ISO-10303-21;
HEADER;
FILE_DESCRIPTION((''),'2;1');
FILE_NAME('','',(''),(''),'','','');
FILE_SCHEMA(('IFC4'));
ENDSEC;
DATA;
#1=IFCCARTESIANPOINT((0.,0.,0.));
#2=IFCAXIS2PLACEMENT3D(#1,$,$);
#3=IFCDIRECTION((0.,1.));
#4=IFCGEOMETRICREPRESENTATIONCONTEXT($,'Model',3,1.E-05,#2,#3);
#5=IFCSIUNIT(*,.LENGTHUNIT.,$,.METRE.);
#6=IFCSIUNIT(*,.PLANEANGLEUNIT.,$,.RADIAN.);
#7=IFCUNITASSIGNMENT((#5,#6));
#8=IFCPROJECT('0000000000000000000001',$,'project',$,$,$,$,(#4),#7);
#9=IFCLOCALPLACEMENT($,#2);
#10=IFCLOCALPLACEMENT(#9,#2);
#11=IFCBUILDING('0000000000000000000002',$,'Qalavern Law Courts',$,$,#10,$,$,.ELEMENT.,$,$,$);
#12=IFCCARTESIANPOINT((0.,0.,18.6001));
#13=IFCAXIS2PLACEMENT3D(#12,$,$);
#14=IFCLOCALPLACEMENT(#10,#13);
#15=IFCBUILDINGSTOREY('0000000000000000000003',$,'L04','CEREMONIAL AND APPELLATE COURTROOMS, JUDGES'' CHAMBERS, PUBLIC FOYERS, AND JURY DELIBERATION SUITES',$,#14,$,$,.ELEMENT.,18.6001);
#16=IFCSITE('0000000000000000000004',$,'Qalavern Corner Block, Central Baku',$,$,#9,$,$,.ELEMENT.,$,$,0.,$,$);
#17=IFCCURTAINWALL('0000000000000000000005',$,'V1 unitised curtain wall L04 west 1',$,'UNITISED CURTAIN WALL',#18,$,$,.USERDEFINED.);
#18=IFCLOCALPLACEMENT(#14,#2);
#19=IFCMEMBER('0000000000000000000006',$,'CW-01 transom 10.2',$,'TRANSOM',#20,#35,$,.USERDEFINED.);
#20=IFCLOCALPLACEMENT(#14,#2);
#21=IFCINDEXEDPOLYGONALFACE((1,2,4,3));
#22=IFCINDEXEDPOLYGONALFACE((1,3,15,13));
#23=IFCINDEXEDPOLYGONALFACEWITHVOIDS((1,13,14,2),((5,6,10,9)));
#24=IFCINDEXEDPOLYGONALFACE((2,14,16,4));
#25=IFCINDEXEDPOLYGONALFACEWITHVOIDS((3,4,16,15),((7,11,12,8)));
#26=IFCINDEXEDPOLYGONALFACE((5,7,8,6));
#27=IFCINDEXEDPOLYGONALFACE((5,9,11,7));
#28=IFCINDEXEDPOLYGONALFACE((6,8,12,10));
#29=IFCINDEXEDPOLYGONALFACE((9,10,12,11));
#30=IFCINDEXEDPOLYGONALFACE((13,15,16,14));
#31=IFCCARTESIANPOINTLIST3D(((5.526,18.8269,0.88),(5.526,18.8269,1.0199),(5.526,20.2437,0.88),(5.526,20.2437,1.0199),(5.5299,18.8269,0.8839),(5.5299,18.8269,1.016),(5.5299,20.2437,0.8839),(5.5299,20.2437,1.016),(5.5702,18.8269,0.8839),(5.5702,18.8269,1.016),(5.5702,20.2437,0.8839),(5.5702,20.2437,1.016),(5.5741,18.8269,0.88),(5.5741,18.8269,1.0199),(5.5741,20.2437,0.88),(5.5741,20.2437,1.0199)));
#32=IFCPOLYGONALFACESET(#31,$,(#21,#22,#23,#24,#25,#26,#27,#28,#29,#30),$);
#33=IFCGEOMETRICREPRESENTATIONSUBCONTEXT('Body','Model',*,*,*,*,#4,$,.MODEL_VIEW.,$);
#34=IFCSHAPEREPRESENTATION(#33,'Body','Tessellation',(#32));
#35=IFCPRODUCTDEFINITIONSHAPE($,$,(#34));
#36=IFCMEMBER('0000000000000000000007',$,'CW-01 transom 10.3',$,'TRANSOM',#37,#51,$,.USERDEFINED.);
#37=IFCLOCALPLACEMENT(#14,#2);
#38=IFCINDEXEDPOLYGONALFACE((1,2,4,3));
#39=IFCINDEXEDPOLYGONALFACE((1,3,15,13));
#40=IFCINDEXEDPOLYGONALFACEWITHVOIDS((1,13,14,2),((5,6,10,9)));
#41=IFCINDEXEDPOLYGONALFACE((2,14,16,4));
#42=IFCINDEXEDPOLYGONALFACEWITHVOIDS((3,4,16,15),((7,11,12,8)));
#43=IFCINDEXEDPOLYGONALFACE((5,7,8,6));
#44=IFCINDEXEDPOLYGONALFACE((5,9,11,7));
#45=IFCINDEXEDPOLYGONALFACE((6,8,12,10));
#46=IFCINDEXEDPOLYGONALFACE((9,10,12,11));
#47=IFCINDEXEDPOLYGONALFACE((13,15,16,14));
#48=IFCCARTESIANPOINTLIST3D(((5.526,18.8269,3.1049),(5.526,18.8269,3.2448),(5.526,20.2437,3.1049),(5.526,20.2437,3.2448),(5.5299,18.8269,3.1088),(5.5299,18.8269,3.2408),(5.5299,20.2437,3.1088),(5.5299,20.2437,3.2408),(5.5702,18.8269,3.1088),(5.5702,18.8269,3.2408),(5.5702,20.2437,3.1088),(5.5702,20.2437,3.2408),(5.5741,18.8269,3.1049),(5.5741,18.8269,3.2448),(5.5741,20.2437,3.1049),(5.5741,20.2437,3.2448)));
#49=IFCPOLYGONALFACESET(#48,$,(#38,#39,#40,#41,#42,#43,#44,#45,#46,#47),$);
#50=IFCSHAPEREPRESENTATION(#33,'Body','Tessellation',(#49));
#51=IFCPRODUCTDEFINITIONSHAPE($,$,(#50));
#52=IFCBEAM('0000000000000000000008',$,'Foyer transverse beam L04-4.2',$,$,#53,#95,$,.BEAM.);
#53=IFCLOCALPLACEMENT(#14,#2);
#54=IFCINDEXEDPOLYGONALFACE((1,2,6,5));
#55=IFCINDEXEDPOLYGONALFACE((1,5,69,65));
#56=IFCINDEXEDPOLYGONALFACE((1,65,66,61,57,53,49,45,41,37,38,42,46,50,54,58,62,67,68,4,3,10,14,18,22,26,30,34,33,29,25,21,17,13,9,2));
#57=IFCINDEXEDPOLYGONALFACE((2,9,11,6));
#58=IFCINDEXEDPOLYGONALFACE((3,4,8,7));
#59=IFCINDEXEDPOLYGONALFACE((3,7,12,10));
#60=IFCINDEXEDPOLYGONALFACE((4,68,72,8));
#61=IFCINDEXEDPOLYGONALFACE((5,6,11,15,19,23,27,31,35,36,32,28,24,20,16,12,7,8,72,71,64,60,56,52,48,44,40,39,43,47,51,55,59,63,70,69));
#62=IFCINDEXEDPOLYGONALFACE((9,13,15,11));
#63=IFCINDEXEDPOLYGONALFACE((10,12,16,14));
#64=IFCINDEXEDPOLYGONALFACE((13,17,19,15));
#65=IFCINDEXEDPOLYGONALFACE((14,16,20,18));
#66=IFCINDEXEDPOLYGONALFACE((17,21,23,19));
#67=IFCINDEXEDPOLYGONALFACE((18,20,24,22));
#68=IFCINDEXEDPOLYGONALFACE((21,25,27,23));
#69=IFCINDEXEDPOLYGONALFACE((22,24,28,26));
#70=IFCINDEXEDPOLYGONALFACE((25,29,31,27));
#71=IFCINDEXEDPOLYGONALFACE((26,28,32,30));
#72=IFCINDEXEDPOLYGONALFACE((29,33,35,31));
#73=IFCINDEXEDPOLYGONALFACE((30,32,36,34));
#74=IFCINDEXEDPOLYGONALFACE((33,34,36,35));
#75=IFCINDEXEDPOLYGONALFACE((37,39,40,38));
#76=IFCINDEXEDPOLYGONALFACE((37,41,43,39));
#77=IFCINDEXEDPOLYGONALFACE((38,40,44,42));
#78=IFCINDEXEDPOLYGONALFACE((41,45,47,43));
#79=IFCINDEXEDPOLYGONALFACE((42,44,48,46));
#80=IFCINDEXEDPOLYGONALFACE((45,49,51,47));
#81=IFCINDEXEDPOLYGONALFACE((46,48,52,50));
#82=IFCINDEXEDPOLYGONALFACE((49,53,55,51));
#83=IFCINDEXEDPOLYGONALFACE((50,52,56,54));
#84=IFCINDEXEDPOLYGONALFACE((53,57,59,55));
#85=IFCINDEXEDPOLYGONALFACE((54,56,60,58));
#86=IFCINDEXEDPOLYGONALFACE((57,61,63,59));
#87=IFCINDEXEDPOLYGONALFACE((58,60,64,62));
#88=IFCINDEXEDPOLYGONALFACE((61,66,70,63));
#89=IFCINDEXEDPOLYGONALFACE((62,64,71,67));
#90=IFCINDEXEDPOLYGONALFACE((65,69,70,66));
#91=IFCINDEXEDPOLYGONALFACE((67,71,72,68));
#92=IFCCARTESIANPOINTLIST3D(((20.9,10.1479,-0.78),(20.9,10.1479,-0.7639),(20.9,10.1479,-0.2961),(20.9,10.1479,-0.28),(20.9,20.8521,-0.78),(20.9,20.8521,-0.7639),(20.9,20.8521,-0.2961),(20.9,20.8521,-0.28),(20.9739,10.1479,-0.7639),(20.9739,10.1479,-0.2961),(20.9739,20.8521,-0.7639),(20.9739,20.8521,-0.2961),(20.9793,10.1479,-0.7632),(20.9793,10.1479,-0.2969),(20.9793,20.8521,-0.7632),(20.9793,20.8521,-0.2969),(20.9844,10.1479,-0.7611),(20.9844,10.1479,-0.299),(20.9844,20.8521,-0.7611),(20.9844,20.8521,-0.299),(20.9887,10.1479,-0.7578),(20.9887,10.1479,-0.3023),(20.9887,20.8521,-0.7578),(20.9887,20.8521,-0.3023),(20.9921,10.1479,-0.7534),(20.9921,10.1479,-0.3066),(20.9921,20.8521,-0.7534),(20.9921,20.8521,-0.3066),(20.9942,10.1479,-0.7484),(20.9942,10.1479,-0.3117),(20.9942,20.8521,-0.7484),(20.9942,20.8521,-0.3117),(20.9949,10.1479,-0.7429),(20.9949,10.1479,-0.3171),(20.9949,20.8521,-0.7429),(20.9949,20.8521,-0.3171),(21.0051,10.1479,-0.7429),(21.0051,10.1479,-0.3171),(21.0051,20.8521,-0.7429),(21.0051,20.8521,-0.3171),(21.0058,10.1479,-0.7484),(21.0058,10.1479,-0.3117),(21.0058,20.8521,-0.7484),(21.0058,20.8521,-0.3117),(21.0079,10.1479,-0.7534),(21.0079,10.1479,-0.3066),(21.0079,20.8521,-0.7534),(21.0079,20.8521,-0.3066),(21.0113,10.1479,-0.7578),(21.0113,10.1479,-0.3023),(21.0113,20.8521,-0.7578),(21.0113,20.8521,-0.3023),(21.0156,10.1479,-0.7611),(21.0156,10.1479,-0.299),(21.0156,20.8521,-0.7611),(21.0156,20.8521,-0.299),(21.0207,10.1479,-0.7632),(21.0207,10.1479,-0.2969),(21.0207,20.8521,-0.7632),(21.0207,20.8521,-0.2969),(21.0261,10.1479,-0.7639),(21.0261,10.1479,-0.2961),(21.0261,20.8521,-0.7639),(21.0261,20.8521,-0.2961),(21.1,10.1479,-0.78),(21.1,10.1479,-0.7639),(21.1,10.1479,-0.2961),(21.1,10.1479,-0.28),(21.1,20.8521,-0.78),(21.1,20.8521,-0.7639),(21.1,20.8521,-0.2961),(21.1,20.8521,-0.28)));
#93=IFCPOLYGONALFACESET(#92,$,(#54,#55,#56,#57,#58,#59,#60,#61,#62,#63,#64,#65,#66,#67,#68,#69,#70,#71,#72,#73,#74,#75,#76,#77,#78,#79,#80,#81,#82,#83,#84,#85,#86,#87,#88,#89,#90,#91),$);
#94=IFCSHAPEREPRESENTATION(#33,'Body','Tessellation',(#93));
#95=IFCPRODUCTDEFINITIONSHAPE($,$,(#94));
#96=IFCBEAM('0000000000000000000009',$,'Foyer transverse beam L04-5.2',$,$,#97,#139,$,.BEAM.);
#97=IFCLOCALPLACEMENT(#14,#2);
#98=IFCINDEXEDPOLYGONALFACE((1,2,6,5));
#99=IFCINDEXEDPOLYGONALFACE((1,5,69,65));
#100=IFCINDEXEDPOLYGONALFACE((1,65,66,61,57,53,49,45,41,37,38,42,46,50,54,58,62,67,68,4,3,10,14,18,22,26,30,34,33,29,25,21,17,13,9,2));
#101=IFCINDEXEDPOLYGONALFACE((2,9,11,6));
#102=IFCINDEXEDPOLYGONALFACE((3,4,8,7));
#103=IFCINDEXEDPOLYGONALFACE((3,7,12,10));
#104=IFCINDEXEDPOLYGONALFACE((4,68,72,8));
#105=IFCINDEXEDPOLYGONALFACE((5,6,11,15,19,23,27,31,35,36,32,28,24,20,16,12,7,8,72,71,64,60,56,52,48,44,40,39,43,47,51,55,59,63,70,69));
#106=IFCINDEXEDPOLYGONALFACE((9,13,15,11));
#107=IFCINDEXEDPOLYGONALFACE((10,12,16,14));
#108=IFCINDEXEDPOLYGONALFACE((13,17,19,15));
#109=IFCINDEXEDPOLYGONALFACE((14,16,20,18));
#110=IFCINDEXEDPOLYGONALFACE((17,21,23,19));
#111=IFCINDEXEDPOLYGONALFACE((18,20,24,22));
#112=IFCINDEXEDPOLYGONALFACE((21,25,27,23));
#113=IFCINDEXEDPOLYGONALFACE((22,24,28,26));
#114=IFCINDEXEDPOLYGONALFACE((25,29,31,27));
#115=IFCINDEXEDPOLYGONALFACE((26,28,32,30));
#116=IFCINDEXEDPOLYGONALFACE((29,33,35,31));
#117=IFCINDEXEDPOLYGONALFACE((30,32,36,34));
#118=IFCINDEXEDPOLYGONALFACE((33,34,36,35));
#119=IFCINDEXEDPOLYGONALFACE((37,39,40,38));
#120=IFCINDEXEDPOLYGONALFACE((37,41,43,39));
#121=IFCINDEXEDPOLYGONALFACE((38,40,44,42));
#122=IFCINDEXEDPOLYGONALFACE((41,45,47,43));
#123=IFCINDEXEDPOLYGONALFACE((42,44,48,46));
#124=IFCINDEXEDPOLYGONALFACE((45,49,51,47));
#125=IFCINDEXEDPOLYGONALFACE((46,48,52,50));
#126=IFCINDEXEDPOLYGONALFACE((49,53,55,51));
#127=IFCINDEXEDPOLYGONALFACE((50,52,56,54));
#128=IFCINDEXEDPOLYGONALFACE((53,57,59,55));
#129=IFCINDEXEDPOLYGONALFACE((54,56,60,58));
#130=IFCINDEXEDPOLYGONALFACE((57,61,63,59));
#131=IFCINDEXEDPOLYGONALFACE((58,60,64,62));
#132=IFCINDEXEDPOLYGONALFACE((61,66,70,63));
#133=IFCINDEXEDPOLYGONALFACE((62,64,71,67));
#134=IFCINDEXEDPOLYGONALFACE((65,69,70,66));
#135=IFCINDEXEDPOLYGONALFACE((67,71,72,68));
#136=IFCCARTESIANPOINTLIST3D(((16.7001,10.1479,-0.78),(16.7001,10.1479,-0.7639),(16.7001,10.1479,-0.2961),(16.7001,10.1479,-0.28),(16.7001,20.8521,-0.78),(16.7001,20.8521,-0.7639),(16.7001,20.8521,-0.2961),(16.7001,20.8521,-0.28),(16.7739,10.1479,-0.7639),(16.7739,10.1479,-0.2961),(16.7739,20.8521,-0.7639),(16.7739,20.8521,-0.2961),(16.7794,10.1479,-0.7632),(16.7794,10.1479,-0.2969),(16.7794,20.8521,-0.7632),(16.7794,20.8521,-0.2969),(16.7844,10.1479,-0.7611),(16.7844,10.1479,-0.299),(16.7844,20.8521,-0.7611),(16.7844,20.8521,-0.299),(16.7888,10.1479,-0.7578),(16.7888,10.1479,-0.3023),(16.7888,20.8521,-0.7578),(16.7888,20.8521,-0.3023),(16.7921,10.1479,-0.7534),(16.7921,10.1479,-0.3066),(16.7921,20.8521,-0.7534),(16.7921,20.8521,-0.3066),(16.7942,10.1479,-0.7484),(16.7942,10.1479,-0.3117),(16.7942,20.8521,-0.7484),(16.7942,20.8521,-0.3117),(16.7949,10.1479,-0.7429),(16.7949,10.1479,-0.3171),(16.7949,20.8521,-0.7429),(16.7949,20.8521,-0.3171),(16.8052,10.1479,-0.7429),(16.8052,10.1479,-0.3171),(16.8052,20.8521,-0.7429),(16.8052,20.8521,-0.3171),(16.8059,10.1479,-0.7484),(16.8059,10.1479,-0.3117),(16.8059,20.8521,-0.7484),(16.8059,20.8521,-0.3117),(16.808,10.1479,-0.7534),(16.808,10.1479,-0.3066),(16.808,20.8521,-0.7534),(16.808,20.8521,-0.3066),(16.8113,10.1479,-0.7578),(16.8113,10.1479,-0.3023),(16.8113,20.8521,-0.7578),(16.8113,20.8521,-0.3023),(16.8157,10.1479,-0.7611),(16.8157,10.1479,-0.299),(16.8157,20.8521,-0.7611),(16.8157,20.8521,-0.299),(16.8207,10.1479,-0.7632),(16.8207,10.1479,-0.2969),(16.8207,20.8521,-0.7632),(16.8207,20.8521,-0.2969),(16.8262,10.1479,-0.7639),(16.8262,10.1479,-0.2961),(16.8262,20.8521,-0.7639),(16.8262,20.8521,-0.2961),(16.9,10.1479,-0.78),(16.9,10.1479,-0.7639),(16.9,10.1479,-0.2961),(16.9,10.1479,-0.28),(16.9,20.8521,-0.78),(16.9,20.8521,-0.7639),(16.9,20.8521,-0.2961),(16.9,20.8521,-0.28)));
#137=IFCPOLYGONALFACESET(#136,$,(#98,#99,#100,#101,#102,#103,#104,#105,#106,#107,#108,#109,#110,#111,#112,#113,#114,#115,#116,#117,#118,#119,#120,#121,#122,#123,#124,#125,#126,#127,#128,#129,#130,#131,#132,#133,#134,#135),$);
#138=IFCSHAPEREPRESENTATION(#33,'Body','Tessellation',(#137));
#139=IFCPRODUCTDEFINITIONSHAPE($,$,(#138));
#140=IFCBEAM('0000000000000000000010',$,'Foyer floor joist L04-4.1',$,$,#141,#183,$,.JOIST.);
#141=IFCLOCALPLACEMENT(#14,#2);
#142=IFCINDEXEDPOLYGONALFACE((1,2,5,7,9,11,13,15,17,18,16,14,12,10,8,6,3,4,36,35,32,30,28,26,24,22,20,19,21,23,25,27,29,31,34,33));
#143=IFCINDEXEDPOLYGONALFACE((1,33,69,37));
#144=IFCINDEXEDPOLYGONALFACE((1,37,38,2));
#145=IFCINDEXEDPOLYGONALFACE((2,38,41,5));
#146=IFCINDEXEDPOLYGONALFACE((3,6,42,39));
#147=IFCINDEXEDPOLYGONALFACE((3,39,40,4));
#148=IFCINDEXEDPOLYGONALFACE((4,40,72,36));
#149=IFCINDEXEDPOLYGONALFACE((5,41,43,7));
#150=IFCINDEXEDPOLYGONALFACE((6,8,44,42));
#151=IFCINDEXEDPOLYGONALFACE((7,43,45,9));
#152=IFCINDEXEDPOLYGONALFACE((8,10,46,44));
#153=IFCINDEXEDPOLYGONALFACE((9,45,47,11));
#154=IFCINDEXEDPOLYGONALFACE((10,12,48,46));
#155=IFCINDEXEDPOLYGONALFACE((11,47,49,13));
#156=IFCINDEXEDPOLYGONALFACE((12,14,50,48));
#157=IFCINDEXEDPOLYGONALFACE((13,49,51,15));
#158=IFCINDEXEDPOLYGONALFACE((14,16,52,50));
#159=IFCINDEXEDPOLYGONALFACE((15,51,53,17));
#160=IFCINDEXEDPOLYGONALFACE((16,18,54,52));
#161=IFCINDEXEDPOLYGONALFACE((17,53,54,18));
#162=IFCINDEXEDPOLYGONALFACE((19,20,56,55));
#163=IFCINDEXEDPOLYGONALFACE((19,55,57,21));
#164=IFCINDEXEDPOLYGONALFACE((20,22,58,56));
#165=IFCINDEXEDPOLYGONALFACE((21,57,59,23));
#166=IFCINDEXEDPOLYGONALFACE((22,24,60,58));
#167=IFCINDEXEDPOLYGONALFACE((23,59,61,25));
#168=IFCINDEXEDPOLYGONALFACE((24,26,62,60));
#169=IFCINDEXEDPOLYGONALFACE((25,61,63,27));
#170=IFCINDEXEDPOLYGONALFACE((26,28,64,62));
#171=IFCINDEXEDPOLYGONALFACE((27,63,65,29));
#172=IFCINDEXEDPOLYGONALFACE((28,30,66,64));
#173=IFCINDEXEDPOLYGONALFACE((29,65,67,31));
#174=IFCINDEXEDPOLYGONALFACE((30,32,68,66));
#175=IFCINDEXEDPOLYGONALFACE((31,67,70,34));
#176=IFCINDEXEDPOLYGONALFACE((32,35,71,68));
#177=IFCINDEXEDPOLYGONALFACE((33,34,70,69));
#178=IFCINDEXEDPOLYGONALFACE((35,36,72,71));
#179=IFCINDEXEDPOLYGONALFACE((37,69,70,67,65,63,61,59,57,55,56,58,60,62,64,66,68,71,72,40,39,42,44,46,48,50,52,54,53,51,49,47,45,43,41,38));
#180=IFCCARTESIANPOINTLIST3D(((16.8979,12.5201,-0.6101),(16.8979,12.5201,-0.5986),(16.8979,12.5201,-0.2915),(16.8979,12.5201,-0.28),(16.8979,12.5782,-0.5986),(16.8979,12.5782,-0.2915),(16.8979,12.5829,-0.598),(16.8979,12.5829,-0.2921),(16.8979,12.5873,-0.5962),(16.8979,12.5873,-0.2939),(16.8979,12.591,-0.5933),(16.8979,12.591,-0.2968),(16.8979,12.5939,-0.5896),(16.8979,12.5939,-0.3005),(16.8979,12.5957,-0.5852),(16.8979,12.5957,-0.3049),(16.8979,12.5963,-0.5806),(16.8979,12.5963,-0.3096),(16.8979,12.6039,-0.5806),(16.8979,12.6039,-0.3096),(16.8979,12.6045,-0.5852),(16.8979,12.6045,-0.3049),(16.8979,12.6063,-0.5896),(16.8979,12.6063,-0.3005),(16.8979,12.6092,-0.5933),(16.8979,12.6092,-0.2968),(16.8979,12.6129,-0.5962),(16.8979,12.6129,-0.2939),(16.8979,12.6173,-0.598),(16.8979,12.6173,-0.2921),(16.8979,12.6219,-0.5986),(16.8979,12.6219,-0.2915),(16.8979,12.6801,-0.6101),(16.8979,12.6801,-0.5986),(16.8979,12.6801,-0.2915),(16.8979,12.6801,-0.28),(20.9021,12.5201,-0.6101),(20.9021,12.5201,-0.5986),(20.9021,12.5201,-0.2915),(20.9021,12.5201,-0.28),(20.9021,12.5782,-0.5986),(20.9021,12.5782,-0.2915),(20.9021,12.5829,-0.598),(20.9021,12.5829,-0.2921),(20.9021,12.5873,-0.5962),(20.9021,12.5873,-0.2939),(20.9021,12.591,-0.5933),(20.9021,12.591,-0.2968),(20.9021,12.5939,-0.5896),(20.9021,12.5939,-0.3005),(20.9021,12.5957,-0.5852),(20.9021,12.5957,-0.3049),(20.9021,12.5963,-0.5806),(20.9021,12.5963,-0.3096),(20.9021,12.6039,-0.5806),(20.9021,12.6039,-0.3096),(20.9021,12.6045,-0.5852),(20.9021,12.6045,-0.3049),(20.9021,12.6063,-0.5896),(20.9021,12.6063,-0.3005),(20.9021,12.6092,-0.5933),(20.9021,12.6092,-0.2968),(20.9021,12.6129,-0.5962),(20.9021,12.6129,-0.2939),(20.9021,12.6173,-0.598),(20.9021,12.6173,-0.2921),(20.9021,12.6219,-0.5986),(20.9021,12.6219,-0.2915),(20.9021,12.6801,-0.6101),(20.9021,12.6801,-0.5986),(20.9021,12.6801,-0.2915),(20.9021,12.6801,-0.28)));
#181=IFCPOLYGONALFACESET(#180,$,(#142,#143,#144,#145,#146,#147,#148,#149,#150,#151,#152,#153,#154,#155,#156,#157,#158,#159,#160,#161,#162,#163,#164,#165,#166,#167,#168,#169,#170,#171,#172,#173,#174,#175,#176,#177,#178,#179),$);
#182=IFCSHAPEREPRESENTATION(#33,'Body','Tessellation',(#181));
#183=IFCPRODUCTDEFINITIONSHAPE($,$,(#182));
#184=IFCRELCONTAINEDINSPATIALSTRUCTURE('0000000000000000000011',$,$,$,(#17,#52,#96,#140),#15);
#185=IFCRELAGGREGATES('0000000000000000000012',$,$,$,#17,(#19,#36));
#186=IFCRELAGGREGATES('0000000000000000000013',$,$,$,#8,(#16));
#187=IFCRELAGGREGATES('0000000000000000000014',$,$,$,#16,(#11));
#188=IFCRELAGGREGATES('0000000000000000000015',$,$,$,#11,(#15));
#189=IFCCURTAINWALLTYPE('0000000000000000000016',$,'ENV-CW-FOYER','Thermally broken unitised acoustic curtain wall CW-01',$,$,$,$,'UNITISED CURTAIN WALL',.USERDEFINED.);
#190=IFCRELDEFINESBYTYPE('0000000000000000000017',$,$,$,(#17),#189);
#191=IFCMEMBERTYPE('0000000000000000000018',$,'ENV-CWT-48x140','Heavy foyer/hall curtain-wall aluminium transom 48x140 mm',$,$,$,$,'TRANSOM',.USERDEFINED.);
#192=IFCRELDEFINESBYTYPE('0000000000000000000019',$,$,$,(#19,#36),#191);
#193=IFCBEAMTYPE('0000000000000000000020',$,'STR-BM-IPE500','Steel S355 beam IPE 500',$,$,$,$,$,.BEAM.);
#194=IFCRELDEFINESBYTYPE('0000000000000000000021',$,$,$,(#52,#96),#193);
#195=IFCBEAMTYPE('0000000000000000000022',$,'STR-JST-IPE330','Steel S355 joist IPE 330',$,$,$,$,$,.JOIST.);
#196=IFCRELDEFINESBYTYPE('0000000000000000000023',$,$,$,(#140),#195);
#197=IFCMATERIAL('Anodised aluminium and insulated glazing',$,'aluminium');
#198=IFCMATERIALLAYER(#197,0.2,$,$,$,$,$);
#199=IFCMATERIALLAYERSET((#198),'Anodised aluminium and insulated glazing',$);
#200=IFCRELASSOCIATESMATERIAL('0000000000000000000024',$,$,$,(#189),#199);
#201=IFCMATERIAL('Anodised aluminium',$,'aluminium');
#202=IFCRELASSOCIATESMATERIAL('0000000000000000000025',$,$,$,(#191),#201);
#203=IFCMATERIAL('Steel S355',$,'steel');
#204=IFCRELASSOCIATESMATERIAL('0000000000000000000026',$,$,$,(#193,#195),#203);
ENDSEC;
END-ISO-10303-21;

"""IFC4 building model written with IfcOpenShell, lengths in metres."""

from ifc_helpers import new_model, si_unit, direction, frame, origin, origin_2d, place, context, subcontext, project, spatial, hollow_rectangle, i_section, extrude, material, layer, layer_set, material_profile, profile_set, type_object, element, aggregate, save


model = new_model("IFC4")

# Units and contexts
model_context = context("Model", 3, precision=1e-05, world=origin(), true_north=direction((0.0, 1.0)))
body_context = subcontext(model_context, "Body", "Model", "MODEL_VIEW")
ifc_project = project(units=[si_unit("LENGTHUNIT", "METRE"), si_unit("PLANEANGLEUNIT", "RADIAN")], contexts=[model_context])

# Site, building, storey
site_placement = place(None, origin())
site = spatial("IfcSite", under=ifc_project, at=site_placement, Name="Qalavern Corner Block, Central Baku", CompositionType="ELEMENT", RefElevation=0.0)
building_placement = place(site_placement, origin())
building = spatial("IfcBuilding", under=site, at=building_placement, Name="Qalavern Law Courts", CompositionType="ELEMENT")
storey_placement = place(building_placement, frame((0.0, 0.0, 18.6001)))
storey = spatial("IfcBuildingStorey", under=building, at=storey_placement, Name="L04", Description="CEREMONIAL AND APPELLATE COURTROOMS, JUDGES' CHAMBERS, PUBLIC FOYERS, AND JURY DELIBERATION SUITES", CompositionType="ELEMENT", Elevation=18.6001)

# Curtain wall, members
ifc_material_1 = material(Name="Anodised aluminium and insulated glazing", Category="aluminium")
ifc_layer_1 = layer(ifc_material_1, 0.2)
ifc_layer_set_1 = layer_set([ifc_layer_1], Name="Anodised aluminium and insulated glazing")
curtain_wall_type = type_object("IfcCurtainWallType", Name="ENV-CW-FOYER", Description="Thermally broken unitised acoustic curtain wall CW-01", ElementType="UNITISED CURTAIN WALL", PredefinedType="USERDEFINED", material=ifc_layer_set_1)
curtain_wall_placement = place(storey_placement, origin())
curtain_wall = element("IfcCurtainWall", 1, at=curtain_wall_placement, inside=storey, type_object=curtain_wall_type, Name="V1 unitised curtain wall L04 west 1", ObjectType="UNITISED CURTAIN WALL", PredefinedType="USERDEFINED")
ifc_material_2 = material(Name="Anodised aluminium", Category="aluminium")
ifc_material_profile_1 = material_profile(ifc_material_2, hollow_rectangle(XDim=0.0481, YDim=0.1399, WallThickness=0.0039, at=origin_2d()), Name="ALU TRANSOM 48x140")
ifc_profile_set_1 = profile_set([ifc_material_profile_1], Name="Anodised aluminium")
member_type = type_object("IfcMemberType", Name="ENV-CWT-48x140", Description="Heavy foyer/hall curtain-wall aluminium transom 48x140 mm", ElementType="TRANSOM", PredefinedType="USERDEFINED", material=ifc_profile_set_1)
member_1_placement = place(storey_placement, frame((5.55, 20.2437, 0.95), z_axis=(0.0, -1.0, 0.0), x_axis=(1.0, 0.0, 0.0)))
member_1 = element("IfcMember", 2, at=member_1_placement, type_object=member_type, Name="CW-01 transom 10.2", ObjectType="TRANSOM", PredefinedType="USERDEFINED", context=body_context, shape_type="SweptSolid", body=[
    extrude(hollow_rectangle(XDim=0.0481, YDim=0.1399, WallThickness=0.0039, at=origin_2d()), origin(), (0.0, 0.0, 1.0), 1.4167),
])
member_2_placement = place(storey_placement, frame((5.55, 20.2437, 3.1748), z_axis=(0.0, -1.0, 0.0), x_axis=(1.0, 0.0, 0.0)))
member_2 = element("IfcMember", 3, at=member_2_placement, type_object=member_type, Name="CW-01 transom 10.3", ObjectType="TRANSOM", PredefinedType="USERDEFINED", context=body_context, shape_type="SweptSolid", body=[
    extrude(hollow_rectangle(XDim=0.0481, YDim=0.1399, WallThickness=0.0039, at=origin_2d()), origin(), (0.0, 0.0, 1.0), 1.4167),
])
aggregate(curtain_wall, [member_1, member_2])

# Beams
ifc_material_3 = material(Name="Steel S355", Category="steel")
ifc_material_profile_2 = material_profile(ifc_material_3, i_section(OverallWidth=0.2, OverallDepth=0.5, WebThickness=0.0103, FlangeThickness=0.0161, FilletRadius=0.021, at=origin_2d()), Name="IPE 500")
ifc_profile_set_2 = profile_set([ifc_material_profile_2], Name="Steel S355")
beam_type_1 = type_object("IfcBeamType", Name="STR-BM-IPE500", Description="Steel S355 beam IPE 500", PredefinedType="BEAM", material=ifc_profile_set_2)
for number, where, z_axis, x_axis, name in (
    (4, (21.0, 10.1479, -0.53), (0.0, 1.0, 0.0), (-1.0, 0.0, 0.0), "Foyer transverse beam L04-4.2"),
    (5, (16.8, 10.1479, -0.53), (0.0, 1.0, 0.0), (-1.0, 0.0, 0.0), "Foyer transverse beam L04-5.2"),
):
    element("IfcBeam", number, at=place(storey_placement, frame(where, z_axis=z_axis, x_axis=x_axis)), inside=storey, type_object=beam_type_1, Name=name, PredefinedType="BEAM", context=body_context, shape_type="SweptSolid", body=[
        extrude(i_section(OverallWidth=0.2, OverallDepth=0.5, WebThickness=0.0103, FlangeThickness=0.0161, FilletRadius=0.021, at=origin_2d()), origin(), (0.0, 0.0, 1.0), 10.7041),
    ])
ifc_material_profile_3 = material_profile(ifc_material_3, i_section(OverallWidth=0.1599, OverallDepth=0.3301, WebThickness=0.0076, FlangeThickness=0.0115, FilletRadius=0.0181, at=origin_2d()), Name="IPE 330")
ifc_profile_set_3 = profile_set([ifc_material_profile_3], Name="Steel S355")
beam_type_2 = type_object("IfcBeamType", Name="STR-JST-IPE330", Description="Steel S355 joist IPE 330", PredefinedType="JOIST", material=ifc_profile_set_3)
for number, where, z_axis, x_axis, name in (
    (6, (16.8979, 12.6001, -0.4451), (1.0, 0.0, 0.0), (0.0, 1.0, 0.0), "Foyer floor joist L04-4.1"),
):
    element("IfcBeam", number, at=place(storey_placement, frame(where, z_axis=z_axis, x_axis=x_axis)), inside=storey, type_object=beam_type_2, Name=name, PredefinedType="JOIST", context=body_context, shape_type="SweptSolid", body=[
        extrude(i_section(OverallWidth=0.1599, OverallDepth=0.3301, WebThickness=0.0076, FlangeThickness=0.0115, FilletRadius=0.0181, at=origin_2d()), origin(), (0.0, 0.0, 1.0), 4.0042),
    ])

save(model, "model.ifc")
